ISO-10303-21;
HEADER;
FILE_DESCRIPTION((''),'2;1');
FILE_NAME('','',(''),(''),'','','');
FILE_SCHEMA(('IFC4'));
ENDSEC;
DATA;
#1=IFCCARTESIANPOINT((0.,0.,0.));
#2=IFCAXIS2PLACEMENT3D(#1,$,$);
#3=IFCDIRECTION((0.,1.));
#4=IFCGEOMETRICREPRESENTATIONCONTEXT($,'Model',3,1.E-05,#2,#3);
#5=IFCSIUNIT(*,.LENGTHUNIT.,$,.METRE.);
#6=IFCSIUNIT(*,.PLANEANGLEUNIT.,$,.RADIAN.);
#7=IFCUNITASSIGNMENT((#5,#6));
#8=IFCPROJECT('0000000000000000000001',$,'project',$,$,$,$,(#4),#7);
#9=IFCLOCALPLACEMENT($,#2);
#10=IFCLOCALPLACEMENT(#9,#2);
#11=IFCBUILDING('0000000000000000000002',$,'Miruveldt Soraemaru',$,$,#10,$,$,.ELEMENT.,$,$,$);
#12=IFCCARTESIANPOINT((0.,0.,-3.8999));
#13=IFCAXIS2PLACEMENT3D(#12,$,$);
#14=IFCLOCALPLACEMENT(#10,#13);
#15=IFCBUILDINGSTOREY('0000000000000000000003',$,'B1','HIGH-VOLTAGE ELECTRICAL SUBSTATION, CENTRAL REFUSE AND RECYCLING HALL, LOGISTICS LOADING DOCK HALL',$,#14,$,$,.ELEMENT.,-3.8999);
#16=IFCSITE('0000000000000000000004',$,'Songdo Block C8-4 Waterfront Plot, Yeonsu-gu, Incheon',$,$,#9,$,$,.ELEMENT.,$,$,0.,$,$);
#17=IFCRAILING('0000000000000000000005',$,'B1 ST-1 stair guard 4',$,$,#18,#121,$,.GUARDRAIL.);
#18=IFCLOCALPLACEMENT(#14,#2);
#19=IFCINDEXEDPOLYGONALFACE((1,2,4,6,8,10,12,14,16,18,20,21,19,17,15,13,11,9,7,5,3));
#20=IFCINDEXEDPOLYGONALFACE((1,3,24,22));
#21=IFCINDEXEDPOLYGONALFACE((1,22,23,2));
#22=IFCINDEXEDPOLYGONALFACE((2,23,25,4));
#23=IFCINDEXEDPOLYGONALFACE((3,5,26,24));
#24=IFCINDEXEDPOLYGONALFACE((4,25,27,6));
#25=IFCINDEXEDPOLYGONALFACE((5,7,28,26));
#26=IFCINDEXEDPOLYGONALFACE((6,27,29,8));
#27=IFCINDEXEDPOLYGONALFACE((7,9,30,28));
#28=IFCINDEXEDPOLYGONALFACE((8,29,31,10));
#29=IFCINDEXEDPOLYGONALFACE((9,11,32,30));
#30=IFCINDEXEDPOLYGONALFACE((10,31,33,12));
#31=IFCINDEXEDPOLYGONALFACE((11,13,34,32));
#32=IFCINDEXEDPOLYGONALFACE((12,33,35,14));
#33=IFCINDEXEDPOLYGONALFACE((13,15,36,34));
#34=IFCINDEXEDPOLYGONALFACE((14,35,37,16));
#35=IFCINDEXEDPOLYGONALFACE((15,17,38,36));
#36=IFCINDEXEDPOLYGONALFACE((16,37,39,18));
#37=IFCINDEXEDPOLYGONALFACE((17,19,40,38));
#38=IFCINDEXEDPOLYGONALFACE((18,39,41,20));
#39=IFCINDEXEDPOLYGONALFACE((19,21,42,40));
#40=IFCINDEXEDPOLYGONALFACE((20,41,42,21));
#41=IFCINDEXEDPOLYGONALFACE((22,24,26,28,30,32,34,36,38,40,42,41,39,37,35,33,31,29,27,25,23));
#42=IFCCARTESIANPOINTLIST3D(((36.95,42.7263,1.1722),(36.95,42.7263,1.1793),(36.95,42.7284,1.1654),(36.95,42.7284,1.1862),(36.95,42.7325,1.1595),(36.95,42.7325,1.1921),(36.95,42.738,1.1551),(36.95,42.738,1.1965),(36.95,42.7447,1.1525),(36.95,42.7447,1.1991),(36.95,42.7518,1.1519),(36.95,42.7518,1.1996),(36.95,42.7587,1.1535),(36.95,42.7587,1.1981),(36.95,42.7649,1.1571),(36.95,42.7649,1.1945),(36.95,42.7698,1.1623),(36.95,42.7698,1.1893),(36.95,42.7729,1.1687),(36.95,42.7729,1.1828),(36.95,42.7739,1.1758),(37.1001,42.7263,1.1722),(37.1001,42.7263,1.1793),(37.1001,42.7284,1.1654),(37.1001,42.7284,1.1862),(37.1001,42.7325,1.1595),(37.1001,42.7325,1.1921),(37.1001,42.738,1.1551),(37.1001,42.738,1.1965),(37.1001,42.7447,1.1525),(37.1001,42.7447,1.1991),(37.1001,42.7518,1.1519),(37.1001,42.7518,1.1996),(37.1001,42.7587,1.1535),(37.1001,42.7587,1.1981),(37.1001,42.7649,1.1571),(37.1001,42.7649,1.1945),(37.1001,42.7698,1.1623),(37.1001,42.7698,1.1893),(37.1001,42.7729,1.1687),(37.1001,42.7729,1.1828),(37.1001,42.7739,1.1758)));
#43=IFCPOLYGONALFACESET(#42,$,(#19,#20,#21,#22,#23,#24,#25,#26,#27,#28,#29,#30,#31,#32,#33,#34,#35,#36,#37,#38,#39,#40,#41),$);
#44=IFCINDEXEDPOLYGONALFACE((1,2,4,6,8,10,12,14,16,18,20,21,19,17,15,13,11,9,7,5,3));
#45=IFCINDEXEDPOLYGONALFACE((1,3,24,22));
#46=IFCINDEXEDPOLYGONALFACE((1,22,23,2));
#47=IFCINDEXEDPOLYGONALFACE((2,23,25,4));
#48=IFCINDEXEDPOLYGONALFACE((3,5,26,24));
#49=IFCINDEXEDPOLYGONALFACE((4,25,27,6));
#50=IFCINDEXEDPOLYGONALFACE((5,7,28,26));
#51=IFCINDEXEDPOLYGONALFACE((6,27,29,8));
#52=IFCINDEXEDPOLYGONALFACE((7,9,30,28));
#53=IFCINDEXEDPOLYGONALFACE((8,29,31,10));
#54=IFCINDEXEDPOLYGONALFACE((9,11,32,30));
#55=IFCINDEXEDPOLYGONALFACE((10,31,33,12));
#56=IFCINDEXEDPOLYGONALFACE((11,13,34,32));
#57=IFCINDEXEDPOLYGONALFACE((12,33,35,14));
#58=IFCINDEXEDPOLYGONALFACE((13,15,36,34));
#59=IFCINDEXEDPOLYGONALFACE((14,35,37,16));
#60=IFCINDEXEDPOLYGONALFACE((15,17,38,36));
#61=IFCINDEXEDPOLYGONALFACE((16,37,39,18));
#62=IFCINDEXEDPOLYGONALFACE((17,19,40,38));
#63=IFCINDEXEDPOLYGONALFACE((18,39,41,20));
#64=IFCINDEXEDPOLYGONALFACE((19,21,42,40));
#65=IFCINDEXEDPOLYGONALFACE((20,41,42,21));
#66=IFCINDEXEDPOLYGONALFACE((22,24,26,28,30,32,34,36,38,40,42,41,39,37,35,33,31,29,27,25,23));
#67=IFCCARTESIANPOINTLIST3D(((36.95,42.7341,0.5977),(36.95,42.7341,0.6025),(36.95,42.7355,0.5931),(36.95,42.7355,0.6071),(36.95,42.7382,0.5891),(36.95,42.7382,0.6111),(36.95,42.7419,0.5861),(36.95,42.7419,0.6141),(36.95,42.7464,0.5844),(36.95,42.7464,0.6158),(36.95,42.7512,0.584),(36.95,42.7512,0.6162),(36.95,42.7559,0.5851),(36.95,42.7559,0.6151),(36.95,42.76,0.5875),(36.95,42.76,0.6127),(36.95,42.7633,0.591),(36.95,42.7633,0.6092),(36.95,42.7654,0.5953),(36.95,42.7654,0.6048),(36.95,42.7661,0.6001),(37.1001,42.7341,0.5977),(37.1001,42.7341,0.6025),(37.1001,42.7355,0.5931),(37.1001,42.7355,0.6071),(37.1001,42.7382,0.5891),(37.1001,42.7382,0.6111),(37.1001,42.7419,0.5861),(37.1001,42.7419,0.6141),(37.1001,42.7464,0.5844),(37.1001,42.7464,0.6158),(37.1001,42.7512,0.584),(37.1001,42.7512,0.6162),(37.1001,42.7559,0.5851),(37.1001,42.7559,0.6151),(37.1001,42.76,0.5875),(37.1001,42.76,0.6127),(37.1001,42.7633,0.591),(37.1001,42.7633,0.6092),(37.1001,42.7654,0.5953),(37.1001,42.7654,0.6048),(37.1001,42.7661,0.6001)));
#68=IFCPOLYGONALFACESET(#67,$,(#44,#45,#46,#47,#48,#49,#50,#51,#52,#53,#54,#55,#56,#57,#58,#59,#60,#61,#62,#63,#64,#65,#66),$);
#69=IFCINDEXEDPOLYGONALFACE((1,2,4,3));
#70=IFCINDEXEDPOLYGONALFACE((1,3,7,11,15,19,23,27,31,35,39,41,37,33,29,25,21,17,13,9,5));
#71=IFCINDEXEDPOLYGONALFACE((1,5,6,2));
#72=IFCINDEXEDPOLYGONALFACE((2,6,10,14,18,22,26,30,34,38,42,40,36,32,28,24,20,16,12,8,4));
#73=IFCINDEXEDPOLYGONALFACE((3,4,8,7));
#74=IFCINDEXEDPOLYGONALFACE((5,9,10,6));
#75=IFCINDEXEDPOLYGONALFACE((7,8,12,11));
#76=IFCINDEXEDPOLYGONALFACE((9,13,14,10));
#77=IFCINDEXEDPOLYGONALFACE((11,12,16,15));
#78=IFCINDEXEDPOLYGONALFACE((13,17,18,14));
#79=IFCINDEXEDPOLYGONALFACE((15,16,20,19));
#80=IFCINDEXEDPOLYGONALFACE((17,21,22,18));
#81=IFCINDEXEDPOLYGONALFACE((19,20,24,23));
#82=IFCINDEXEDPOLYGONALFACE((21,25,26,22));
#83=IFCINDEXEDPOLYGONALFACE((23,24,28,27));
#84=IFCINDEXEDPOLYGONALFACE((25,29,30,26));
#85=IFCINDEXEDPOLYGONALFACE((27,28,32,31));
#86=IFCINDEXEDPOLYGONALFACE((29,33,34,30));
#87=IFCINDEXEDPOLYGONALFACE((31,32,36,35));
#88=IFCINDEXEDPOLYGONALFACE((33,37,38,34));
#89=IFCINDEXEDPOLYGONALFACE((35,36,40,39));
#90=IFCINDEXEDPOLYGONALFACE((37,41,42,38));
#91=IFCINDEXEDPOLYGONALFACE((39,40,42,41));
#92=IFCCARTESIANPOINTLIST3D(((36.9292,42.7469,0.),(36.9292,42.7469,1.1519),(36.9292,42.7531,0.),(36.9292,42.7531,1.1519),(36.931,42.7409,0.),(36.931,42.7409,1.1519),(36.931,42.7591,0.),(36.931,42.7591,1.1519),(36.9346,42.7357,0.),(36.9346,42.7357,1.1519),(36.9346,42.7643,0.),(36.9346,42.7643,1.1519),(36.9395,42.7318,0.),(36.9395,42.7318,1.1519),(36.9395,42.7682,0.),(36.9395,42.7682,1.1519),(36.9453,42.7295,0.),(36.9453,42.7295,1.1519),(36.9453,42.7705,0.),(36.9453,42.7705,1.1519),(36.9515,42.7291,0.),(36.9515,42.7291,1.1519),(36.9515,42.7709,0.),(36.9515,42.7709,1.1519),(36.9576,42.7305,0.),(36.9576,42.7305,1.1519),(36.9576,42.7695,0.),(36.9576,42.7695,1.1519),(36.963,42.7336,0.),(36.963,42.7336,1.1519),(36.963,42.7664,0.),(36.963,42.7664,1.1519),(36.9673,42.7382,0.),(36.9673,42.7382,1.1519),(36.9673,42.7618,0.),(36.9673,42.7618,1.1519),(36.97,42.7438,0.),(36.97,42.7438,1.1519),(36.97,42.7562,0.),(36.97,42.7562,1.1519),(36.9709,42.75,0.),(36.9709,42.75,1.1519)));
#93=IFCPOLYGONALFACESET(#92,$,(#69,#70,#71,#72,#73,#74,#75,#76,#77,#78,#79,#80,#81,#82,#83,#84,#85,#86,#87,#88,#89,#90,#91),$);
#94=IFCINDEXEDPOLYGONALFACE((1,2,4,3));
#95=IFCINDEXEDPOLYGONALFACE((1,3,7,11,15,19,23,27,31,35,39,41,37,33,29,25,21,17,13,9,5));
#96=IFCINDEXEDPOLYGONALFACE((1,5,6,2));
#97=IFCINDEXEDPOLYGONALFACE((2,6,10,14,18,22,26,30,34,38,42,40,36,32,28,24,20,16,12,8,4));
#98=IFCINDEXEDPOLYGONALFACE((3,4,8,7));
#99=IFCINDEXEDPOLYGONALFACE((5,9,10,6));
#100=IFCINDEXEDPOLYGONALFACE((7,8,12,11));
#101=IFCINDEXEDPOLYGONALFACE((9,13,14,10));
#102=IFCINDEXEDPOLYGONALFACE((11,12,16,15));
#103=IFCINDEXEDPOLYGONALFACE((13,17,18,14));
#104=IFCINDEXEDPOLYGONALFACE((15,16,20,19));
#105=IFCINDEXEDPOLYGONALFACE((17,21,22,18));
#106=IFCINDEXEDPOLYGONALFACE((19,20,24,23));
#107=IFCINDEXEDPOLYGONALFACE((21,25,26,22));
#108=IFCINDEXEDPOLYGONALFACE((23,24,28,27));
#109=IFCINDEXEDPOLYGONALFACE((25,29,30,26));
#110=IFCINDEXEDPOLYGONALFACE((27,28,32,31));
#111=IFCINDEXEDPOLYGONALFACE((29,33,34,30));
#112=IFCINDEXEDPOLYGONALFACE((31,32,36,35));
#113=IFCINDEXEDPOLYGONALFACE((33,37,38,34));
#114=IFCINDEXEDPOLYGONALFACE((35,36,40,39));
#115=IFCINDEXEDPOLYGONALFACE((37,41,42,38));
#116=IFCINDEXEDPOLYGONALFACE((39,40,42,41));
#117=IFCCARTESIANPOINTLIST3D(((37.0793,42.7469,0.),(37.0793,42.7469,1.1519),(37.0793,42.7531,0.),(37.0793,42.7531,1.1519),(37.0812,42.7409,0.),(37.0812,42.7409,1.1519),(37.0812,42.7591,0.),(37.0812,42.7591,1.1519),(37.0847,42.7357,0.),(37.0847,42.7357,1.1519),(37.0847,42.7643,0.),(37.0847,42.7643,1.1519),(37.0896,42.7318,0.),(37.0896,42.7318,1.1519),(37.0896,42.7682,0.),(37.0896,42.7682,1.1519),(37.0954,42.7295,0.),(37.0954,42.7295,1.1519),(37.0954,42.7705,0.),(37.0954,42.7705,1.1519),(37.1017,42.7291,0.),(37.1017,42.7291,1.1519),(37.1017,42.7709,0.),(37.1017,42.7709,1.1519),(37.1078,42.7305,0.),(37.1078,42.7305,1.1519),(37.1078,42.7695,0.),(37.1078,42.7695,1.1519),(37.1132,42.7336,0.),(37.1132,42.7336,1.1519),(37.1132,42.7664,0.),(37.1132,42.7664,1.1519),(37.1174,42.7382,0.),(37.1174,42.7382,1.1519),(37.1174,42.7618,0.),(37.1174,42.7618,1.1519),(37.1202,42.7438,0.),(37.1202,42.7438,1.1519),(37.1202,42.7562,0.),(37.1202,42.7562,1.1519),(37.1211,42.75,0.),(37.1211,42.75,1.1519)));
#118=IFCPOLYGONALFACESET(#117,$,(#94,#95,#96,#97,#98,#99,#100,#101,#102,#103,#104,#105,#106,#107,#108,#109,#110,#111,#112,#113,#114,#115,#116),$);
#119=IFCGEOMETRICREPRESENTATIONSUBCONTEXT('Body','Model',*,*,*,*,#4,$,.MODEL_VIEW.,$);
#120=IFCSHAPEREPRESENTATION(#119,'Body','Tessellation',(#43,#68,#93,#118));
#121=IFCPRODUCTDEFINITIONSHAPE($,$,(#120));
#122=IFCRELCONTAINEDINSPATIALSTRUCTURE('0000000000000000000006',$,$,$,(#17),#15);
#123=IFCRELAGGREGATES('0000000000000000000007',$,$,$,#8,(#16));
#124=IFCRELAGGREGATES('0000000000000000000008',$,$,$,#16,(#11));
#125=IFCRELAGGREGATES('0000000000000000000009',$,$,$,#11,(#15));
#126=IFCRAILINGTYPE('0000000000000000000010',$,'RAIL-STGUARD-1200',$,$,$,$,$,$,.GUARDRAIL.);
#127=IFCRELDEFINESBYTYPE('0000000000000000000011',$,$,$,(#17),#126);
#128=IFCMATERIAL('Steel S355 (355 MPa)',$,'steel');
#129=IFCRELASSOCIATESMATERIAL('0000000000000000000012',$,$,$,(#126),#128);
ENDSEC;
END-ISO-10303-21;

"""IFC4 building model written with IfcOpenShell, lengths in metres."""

from ifc_helpers import new_model, si_unit, direction, frame, origin, origin_2d, place, context, subcontext, project, spatial, circle, extrude, material, type_object, element, save


model = new_model("IFC4")

# Units and contexts
model_context = context("Model", 3, precision=1e-05, world=origin(), true_north=direction((0.0, 1.0)))
body_context = subcontext(model_context, "Body", "Model", "MODEL_VIEW")
ifc_project = project(units=[si_unit("LENGTHUNIT", "METRE"), si_unit("PLANEANGLEUNIT", "RADIAN")], contexts=[model_context])

# Site, building, storey
site_placement = place(None, origin())
site = spatial("IfcSite", under=ifc_project, at=site_placement, Name="Songdo Block C8-4 Waterfront Plot, Yeonsu-gu, Incheon", CompositionType="ELEMENT", RefElevation=0.0)
building_placement = place(site_placement, origin())
building = spatial("IfcBuilding", under=site, at=building_placement, Name="Miruveldt Soraemaru", CompositionType="ELEMENT")
storey_placement = place(building_placement, frame((0.0, 0.0, -3.8999)))
storey = spatial("IfcBuildingStorey", under=building, at=storey_placement, Name="B1", Description="HIGH-VOLTAGE ELECTRICAL SUBSTATION, CENTRAL REFUSE AND RECYCLING HALL, LOGISTICS LOADING DOCK HALL", CompositionType="ELEMENT", Elevation=-3.8999)

# Railing
ifc_material_1 = material(Name="Steel S355 (355 MPa)", Category="steel")
railing_type_1 = type_object("IfcRailingType", Name="RAIL-STGUARD-1200", PredefinedType="GUARDRAIL", material=ifc_material_1)
railing_1_placement = place(storey_placement, frame((36.95, 42.75, 0.0)))
element("IfcRailing", 1, at=railing_1_placement, inside=storey, type_object=railing_type_1, Name="B1 ST-1 stair guard 4", PredefinedType="GUARDRAIL", context=body_context, shape_type="SweptSolid", body=[
    extrude(circle(Radius=0.0239, at=origin_2d()), frame((0.0, 0.0, 1.1758), z_axis=(1.0, 0.0, 0.0), x_axis=(0.0, 1.0, 0.0)), (0.0, 0.0, 1.0), 0.1501),
    extrude(circle(Radius=0.0161, at=origin_2d()), frame((0.0, 0.0, 0.6001), z_axis=(1.0, 0.0, 0.0), x_axis=(0.0, 1.0, 0.0)), (0.0, 0.0, 1.0), 0.1501),
    extrude(circle(Radius=0.021, at=origin_2d()), origin(), (0.0, 0.0, 1.0), 1.1519),
    extrude(circle(Radius=0.021, at=origin_2d()), frame((0.1501, 0.0, 0.0)), (0.0, 0.0, 1.0), 1.1519),
])

save(model, "model.ifc")
